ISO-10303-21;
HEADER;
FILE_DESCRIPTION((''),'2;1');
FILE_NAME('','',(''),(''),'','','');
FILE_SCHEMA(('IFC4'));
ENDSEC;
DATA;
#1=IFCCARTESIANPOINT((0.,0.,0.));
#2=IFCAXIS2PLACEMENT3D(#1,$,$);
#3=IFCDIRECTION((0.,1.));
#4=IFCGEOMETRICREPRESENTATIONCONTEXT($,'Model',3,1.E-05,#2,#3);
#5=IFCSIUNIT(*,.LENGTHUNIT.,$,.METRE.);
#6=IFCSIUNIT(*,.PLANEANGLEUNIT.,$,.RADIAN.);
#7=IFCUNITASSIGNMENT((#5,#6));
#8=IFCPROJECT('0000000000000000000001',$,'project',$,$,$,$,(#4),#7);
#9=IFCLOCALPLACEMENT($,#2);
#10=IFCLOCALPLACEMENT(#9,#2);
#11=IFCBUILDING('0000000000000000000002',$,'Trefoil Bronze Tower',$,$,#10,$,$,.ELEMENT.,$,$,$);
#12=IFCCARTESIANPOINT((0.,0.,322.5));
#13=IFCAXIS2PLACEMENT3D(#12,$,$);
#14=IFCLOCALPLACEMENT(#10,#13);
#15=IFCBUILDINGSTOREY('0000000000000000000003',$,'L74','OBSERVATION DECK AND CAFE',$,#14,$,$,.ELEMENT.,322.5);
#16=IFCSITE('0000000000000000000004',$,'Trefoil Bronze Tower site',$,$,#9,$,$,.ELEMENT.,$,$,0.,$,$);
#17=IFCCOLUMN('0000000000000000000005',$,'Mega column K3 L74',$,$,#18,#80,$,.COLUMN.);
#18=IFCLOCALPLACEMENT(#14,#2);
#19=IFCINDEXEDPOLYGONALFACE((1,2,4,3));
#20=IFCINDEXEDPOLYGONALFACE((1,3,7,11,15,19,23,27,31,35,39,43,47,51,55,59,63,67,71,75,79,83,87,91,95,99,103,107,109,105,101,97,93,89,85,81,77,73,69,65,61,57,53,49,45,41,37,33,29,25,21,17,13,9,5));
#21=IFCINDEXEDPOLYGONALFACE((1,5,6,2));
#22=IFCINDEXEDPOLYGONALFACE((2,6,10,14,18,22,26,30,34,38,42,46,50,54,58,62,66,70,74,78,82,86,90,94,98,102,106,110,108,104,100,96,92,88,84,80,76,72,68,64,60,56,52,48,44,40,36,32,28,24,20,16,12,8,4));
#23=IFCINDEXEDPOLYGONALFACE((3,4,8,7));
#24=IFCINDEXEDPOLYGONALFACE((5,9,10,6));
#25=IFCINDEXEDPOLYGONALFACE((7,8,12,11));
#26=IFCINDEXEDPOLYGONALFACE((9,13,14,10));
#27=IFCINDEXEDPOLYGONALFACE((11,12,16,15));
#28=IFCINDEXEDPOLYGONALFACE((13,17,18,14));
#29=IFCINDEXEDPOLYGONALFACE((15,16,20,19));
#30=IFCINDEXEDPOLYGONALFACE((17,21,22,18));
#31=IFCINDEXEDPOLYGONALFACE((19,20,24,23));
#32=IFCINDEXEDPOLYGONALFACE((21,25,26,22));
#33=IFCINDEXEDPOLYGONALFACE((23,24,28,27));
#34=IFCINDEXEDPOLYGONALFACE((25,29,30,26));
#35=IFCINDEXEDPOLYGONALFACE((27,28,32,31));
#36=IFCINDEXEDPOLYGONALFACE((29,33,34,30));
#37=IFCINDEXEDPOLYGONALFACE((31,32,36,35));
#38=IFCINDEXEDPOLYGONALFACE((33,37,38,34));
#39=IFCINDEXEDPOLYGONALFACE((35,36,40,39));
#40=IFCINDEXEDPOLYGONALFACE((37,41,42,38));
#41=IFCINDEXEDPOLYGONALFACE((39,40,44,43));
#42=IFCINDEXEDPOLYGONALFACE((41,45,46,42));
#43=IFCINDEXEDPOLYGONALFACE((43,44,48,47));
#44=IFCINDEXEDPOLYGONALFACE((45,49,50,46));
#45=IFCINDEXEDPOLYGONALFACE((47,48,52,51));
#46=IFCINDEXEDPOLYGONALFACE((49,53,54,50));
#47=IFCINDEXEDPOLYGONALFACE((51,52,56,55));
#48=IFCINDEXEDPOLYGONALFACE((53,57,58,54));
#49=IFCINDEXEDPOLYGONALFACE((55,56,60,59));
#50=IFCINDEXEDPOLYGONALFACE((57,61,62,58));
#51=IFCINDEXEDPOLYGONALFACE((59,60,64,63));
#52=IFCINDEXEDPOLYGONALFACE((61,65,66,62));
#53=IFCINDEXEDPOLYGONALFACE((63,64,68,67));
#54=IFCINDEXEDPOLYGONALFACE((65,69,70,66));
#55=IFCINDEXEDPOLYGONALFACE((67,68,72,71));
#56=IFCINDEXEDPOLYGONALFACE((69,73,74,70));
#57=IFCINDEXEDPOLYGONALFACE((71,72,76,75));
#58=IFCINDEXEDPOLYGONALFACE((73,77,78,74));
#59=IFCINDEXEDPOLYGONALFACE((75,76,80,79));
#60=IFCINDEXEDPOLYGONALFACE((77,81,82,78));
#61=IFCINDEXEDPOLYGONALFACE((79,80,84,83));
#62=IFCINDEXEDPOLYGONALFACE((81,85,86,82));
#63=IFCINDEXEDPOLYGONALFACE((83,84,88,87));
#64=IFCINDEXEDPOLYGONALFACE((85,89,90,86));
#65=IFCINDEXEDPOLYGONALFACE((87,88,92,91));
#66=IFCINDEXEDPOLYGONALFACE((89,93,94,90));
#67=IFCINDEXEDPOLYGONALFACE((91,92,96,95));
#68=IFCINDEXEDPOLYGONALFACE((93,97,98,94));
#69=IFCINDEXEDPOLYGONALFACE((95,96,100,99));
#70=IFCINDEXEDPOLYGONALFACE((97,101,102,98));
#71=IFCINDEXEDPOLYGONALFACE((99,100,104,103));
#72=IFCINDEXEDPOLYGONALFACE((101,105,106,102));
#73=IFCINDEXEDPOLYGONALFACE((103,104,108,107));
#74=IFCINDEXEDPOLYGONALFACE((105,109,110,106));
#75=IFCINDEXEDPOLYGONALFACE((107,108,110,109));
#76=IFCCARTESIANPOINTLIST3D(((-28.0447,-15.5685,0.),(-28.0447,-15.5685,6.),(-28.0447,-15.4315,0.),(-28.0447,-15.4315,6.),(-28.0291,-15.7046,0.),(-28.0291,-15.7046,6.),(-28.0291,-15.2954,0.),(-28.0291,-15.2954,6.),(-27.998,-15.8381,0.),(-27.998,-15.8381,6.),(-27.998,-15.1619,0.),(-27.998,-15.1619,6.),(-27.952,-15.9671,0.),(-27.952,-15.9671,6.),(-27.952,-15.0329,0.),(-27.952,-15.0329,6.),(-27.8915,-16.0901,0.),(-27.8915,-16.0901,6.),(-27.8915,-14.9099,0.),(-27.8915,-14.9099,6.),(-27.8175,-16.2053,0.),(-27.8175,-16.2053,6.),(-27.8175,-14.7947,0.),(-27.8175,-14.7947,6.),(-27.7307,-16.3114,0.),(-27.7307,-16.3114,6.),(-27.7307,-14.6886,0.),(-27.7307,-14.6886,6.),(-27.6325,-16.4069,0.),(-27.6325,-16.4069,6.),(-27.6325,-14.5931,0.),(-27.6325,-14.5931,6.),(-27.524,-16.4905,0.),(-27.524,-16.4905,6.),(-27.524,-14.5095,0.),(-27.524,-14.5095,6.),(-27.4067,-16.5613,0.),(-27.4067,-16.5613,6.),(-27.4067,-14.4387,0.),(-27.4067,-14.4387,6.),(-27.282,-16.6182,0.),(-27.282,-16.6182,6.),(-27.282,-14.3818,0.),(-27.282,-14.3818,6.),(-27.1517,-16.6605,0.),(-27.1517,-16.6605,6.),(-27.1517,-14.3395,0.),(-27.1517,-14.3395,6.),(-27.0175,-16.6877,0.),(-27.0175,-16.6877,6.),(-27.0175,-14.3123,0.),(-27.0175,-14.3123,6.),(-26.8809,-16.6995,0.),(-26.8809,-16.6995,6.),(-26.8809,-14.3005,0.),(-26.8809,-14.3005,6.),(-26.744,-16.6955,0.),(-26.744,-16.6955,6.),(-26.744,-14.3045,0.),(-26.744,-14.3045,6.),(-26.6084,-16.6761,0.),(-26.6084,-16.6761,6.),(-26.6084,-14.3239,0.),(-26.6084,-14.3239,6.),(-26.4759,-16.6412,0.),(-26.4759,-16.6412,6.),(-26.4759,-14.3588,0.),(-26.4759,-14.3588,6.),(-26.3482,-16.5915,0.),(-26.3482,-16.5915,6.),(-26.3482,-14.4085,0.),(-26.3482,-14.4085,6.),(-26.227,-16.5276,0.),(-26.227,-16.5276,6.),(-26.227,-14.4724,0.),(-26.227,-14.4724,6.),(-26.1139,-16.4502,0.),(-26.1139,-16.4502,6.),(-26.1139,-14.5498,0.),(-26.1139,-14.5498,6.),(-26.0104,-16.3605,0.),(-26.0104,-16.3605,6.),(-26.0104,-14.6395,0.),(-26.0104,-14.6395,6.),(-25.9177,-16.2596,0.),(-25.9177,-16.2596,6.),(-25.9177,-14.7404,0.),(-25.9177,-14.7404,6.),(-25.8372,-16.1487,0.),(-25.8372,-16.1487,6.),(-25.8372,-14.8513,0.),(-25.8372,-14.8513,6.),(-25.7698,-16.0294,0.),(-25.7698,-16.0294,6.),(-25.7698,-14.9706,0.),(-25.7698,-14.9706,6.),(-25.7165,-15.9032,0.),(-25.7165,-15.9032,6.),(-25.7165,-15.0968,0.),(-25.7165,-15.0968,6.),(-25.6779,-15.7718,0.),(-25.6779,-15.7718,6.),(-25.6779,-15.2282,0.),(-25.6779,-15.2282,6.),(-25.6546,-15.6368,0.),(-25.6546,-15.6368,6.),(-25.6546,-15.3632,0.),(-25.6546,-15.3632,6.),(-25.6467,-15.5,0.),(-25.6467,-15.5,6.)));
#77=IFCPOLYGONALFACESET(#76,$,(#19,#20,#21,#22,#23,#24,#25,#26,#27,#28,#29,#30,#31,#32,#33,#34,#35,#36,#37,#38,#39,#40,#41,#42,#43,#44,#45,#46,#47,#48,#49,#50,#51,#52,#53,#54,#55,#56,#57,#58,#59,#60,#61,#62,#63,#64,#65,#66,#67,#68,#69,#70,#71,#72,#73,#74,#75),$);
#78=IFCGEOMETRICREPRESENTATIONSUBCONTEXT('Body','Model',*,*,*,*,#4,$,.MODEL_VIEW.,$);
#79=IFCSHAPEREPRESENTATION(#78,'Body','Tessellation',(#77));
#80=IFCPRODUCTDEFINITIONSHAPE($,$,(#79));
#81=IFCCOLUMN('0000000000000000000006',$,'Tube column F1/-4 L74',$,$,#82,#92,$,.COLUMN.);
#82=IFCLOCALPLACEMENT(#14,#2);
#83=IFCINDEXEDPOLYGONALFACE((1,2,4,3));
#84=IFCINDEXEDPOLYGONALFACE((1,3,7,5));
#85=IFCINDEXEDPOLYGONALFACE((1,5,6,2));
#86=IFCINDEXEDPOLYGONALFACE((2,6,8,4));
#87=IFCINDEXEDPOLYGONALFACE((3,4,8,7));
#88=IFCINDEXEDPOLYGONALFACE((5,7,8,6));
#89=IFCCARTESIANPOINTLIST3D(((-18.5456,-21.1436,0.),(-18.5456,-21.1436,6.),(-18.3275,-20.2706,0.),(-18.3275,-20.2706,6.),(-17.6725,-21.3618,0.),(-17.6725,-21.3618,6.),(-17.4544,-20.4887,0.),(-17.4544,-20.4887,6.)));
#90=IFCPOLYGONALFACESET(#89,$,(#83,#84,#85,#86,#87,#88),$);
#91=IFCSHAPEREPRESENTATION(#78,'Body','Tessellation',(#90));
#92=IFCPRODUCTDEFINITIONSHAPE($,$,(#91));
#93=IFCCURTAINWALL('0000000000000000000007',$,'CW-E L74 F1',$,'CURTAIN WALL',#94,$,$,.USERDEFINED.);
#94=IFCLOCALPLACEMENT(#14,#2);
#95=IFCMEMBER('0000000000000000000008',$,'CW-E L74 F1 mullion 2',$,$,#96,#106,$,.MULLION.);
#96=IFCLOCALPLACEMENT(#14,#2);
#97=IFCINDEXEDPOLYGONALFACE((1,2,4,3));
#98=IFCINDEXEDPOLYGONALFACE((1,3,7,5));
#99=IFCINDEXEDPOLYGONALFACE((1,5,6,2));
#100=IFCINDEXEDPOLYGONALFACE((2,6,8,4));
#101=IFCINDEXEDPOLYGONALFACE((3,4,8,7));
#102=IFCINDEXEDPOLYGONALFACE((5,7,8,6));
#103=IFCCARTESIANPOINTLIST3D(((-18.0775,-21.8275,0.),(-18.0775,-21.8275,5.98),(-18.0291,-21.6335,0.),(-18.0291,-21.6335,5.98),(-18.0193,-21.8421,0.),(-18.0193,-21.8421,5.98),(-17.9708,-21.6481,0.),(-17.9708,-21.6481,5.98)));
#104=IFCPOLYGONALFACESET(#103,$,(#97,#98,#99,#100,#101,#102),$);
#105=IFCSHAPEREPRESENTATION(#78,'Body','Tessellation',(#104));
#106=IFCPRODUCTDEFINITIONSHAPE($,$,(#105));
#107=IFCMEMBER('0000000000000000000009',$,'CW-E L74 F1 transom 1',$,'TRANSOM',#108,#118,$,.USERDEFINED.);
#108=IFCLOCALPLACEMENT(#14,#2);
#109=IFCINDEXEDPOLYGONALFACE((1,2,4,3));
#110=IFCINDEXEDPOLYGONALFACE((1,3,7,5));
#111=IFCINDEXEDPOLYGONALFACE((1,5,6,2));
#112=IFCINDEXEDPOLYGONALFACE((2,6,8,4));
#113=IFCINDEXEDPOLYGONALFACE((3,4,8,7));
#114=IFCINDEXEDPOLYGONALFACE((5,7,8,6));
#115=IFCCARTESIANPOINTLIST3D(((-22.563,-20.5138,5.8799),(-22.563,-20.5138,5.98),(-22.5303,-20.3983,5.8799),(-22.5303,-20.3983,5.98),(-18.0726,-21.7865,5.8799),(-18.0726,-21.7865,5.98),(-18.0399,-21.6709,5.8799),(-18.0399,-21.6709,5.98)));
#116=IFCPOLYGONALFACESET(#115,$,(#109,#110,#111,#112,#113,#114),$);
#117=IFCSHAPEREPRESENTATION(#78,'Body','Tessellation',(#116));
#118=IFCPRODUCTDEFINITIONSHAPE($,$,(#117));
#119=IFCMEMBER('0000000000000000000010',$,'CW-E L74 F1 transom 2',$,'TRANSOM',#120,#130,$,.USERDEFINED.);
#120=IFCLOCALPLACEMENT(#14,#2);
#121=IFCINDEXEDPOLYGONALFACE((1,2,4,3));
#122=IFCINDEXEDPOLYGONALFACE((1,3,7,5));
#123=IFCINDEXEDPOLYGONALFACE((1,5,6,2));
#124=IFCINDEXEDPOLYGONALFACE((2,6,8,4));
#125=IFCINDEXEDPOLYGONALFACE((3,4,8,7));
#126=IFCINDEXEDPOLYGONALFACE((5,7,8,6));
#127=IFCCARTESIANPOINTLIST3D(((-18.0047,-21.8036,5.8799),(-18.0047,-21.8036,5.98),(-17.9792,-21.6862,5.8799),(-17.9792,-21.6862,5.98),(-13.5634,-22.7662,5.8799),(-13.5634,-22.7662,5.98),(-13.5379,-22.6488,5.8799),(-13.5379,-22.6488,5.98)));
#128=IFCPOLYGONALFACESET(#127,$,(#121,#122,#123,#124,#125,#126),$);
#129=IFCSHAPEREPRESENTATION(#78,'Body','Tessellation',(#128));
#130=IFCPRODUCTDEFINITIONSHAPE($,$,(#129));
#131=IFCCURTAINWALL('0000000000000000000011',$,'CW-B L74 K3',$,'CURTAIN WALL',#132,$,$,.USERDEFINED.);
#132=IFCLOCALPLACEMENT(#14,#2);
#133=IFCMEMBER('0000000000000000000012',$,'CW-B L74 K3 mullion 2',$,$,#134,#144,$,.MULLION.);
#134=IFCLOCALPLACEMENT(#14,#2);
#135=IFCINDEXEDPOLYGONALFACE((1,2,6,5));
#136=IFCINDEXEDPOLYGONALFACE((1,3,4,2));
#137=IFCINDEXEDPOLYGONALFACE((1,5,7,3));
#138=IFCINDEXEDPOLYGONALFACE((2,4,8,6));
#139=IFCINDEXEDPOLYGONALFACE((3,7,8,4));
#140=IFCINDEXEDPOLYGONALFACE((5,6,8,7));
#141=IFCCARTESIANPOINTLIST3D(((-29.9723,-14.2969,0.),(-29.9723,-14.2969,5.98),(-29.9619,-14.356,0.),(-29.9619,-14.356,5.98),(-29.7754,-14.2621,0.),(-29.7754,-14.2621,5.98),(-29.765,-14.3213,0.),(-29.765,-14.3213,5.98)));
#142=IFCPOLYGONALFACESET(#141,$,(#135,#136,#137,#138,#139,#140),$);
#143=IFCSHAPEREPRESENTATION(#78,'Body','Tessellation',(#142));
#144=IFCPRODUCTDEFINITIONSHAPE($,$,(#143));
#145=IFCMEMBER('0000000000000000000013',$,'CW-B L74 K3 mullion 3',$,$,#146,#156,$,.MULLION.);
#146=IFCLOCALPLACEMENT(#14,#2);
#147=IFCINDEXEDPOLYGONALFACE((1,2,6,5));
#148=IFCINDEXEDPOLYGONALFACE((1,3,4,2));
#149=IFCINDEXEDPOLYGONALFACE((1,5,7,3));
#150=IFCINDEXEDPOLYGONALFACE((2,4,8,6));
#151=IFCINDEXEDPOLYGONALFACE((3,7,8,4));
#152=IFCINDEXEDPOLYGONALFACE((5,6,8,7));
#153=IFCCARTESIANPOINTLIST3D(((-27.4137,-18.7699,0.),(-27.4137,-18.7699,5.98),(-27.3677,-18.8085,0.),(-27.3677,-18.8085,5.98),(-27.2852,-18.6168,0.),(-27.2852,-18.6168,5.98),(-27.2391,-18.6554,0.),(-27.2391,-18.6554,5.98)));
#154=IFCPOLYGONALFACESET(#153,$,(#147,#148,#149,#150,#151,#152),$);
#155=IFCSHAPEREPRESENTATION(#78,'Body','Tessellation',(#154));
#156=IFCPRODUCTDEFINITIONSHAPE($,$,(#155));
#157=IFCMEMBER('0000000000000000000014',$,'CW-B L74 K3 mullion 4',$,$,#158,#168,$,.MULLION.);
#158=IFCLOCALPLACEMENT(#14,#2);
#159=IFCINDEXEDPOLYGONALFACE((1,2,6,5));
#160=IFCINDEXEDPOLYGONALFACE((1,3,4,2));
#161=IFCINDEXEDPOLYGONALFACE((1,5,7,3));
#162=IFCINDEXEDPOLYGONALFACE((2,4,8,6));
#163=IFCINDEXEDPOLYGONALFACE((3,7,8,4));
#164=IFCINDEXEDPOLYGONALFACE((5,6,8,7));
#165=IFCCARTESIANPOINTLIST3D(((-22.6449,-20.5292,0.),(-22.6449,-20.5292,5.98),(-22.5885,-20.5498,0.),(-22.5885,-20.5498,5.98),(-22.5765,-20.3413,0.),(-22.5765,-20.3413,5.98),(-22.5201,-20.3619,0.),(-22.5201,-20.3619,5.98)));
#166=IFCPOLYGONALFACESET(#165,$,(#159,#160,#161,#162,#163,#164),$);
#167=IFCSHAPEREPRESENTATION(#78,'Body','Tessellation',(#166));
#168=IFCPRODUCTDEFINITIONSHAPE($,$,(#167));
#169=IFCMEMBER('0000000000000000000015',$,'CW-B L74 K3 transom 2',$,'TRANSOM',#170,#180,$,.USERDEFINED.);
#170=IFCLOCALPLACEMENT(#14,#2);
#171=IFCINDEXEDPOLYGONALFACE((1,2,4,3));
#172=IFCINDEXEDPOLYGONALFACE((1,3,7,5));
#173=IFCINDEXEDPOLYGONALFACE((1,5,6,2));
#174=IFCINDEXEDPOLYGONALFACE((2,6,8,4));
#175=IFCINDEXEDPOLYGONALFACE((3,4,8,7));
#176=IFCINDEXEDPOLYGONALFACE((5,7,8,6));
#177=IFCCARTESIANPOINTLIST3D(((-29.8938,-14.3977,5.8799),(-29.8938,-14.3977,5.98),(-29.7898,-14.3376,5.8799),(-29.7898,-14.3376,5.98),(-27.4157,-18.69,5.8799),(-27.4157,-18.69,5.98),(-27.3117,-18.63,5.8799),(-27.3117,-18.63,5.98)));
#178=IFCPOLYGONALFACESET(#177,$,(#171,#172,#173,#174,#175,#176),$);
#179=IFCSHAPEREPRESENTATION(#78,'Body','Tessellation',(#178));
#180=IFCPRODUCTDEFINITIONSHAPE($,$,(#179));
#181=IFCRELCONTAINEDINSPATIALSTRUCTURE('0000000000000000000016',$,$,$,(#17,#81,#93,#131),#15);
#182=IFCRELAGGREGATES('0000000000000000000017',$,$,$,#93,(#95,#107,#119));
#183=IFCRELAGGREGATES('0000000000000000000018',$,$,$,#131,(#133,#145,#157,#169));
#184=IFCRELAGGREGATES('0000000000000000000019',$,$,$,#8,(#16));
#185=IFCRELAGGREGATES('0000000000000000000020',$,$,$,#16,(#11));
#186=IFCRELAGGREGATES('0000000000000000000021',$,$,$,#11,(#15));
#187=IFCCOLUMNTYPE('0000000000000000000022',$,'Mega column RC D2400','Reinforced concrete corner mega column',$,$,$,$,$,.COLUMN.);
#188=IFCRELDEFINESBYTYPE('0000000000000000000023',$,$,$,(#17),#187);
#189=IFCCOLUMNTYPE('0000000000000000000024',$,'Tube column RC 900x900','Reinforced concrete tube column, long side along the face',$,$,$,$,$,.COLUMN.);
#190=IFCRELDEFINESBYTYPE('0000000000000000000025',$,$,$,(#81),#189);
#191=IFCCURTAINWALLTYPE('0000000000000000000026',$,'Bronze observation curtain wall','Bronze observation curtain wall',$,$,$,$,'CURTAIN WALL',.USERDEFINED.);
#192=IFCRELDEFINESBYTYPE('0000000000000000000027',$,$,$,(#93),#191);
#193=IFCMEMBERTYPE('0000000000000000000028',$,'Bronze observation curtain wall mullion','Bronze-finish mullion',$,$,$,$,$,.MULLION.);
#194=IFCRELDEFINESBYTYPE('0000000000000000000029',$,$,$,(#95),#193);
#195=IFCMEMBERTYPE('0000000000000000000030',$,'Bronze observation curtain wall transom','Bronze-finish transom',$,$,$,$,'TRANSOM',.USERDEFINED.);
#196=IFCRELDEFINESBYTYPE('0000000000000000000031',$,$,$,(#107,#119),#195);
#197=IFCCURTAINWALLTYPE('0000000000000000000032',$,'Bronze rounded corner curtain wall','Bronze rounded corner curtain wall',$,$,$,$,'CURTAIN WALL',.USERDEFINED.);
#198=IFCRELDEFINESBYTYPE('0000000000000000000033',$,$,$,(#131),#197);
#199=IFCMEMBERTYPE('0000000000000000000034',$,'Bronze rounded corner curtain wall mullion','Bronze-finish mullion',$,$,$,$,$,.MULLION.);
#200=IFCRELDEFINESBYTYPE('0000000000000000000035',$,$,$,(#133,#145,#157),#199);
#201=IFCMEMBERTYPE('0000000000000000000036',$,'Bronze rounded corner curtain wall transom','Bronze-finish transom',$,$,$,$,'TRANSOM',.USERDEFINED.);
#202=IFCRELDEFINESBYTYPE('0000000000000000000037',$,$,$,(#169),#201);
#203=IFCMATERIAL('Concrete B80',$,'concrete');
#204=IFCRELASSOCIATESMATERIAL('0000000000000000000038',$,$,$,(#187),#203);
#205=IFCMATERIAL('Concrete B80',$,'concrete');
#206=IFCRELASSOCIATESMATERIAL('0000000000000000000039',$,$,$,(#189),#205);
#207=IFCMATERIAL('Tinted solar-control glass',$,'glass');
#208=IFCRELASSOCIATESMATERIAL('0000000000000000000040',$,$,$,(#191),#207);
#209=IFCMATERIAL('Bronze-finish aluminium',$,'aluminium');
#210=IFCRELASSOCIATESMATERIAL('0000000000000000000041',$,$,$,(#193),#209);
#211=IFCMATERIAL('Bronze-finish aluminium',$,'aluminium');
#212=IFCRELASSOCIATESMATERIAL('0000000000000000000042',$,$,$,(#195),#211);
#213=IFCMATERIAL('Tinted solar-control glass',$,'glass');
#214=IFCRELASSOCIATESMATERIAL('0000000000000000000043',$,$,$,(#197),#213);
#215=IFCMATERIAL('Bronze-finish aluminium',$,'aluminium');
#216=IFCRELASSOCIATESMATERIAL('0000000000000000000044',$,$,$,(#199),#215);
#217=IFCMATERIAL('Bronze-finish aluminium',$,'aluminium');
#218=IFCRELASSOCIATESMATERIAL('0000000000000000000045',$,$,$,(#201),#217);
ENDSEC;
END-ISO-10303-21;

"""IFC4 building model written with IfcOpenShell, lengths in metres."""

from ifc_helpers import new_model, si_unit, direction, frame, origin, origin_2d, place, context, subcontext, project, spatial, rectangle, circle, extrude, material, material_profile, profile_set, type_object, element, aggregate, save


model = new_model("IFC4")

# Units and contexts
model_context = context("Model", 3, precision=1e-05, world=origin(), true_north=direction((0.0, 1.0)))
body_context = subcontext(model_context, "Body", "Model", "MODEL_VIEW")
ifc_project = project(units=[si_unit("LENGTHUNIT", "METRE"), si_unit("PLANEANGLEUNIT", "RADIAN")], contexts=[model_context])

# Site, building, storey
site_placement = place(None, origin())
site = spatial("IfcSite", under=ifc_project, at=site_placement, Name="Trefoil Bronze Tower site", CompositionType="ELEMENT", RefElevation=0.0)
building_placement = place(site_placement, origin())
building = spatial("IfcBuilding", under=site, at=building_placement, Name="Trefoil Bronze Tower", CompositionType="ELEMENT")
storey_placement = place(building_placement, frame((0.0, 0.0, 322.5)))
storey = spatial("IfcBuildingStorey", under=building, at=storey_placement, Name="L74", Description="OBSERVATION DECK AND CAFE", CompositionType="ELEMENT", Elevation=322.5)

# Columns
ifc_material_1 = material(Name="Concrete B80", Category="concrete")
ifc_material_profile_1 = material_profile(ifc_material_1, circle(Radius=1.2, at=origin_2d()), Name="RC D2400")
ifc_profile_set_1 = profile_set([ifc_material_profile_1], Name="Concrete B80")
column_type_1 = type_object("IfcColumnType", Name="Mega column RC D2400", Description="Reinforced concrete corner mega column", PredefinedType="COLUMN", material=ifc_profile_set_1)
column_1_placement = place(storey_placement, frame((-26.8467, -15.5, 0.0), z_axis=(0.0, 0.0, 1.0), x_axis=(1.0, 0.0, 0.0)))
element("IfcColumn", 1, at=column_1_placement, inside=storey, type_object=column_type_1, Name="Mega column K3 L74", PredefinedType="COLUMN", context=body_context, shape_type="SweptSolid", body=[
    extrude(circle(Radius=1.2, at=origin_2d()), origin(), (0.0, 0.0, 1.0), 6.0),
])
ifc_material_2 = material(Name="Concrete B80", Category="concrete")
ifc_material_profile_2 = material_profile(ifc_material_2, rectangle(XDim=0.8999, YDim=0.8999, at=origin_2d()), Name="RC 900x900")
ifc_profile_set_2 = profile_set([ifc_material_profile_2], Name="Concrete B80")
column_type_2 = type_object("IfcColumnType", Name="Tube column RC 900x900", Description="Reinforced concrete tube column, long side along the face", PredefinedType="COLUMN", material=ifc_profile_set_2)
column_2_placement = place(storey_placement, frame((-18.0, -20.8162, 0.0), z_axis=(0.0, 0.0, 1.0), x_axis=(0.970178, -0.242394, 0.0)))
element("IfcColumn", 2, at=column_2_placement, inside=storey, type_object=column_type_2, Name="Tube column F1/-4 L74", PredefinedType="COLUMN", context=body_context, shape_type="SweptSolid", body=[
    extrude(rectangle(XDim=0.8999, YDim=0.8999, at=origin_2d()), origin(), (0.0, 0.0, 1.0), 6.0),
])

# Curtain walls, members
ifc_material_3 = material(Name="Tinted solar-control glass", Category="glass")
curtain_wall_type_1 = type_object("IfcCurtainWallType", Name="Bronze observation curtain wall", Description="Bronze observation curtain wall", ElementType="CURTAIN WALL", PredefinedType="USERDEFINED", material=ifc_material_3)
curtain_wall_1_placement = place(storey_placement, origin())
curtain_wall_1 = element("IfcCurtainWall", 3, at=curtain_wall_1_placement, inside=storey, type_object=curtain_wall_type_1, Name="CW-E L74 F1", ObjectType="CURTAIN WALL", PredefinedType="USERDEFINED")
ifc_material_4 = material(Name="Bronze-finish aluminium", Category="aluminium")
ifc_material_profile_3 = material_profile(ifc_material_4, rectangle(XDim=0.2, YDim=0.0601, at=origin_2d()), Name="CW-E mullion")
ifc_profile_set_3 = profile_set([ifc_material_profile_3], Name="Bronze-finish aluminium")
member_type_1 = type_object("IfcMemberType", Name="Bronze observation curtain wall mullion", Description="Bronze-finish mullion", PredefinedType="MULLION", material=ifc_profile_set_3)
member_1_placement = place(storey_placement, frame((-18.0242, -21.7378, 0.0), z_axis=(0.0, 0.0, 1.0), x_axis=(0.242394, 0.970178, 0.0)))
member_1 = element("IfcMember", 4, at=member_1_placement, type_object=member_type_1, Name="CW-E L74 F1 mullion 2", PredefinedType="MULLION", context=body_context, shape_type="SweptSolid", body=[
    extrude(rectangle(XDim=0.2, YDim=0.0601, at=origin_2d()), origin(), (0.0, 0.0, 1.0), 5.98),
])
ifc_material_5 = material(Name="Bronze-finish aluminium", Category="aluminium")
ifc_material_profile_4 = material_profile(ifc_material_5, rectangle(XDim=0.1201, YDim=0.1001, at=origin_2d()), Name="CW-E transom")
ifc_profile_set_4 = profile_set([ifc_material_profile_4], Name="Bronze-finish aluminium")
member_type_2 = type_object("IfcMemberType", Name="Bronze observation curtain wall transom", Description="Bronze-finish transom", ElementType="TRANSOM", PredefinedType="USERDEFINED", material=ifc_profile_set_4)
member_2_placement = place(storey_placement, frame((-22.5466, -20.4561, 5.9299), z_axis=(0.962104, -0.272682, 0.0), x_axis=(0.272682, 0.962104, 0.0)))
member_2 = element("IfcMember", 5, at=member_2_placement, type_object=member_type_2, Name="CW-E L74 F1 transom 1", ObjectType="TRANSOM", PredefinedType="USERDEFINED", context=body_context, shape_type="SweptSolid", body=[
    extrude(rectangle(XDim=0.1201, YDim=0.1001, at=origin_2d()), origin(), (0.0, 0.0, 1.0), 4.6672),
])
member_3_placement = place(storey_placement, frame((-17.9919, -21.7449, 5.9299), z_axis=(0.977308, -0.211825, 0.0), x_axis=(0.211825, 0.977308, 0.0)))
member_3 = element("IfcMember", 6, at=member_3_placement, type_object=member_type_2, Name="CW-E L74 F1 transom 2", ObjectType="TRANSOM", PredefinedType="USERDEFINED", context=body_context, shape_type="SweptSolid", body=[
    extrude(rectangle(XDim=0.1201, YDim=0.1001, at=origin_2d()), origin(), (0.0, 0.0, 1.0), 4.5444),
])
ifc_material_6 = material(Name="Tinted solar-control glass", Category="glass")
curtain_wall_type_2 = type_object("IfcCurtainWallType", Name="Bronze rounded corner curtain wall", Description="Bronze rounded corner curtain wall", ElementType="CURTAIN WALL", PredefinedType="USERDEFINED", material=ifc_material_6)
curtain_wall_2_placement = place(storey_placement, origin())
curtain_wall_2 = element("IfcCurtainWall", 7, at=curtain_wall_2_placement, inside=storey, type_object=curtain_wall_type_2, Name="CW-B L74 K3", ObjectType="CURTAIN WALL", PredefinedType="USERDEFINED")
ifc_material_7 = material(Name="Bronze-finish aluminium", Category="aluminium")
ifc_material_profile_5 = material_profile(ifc_material_7, rectangle(XDim=0.2, YDim=0.0601, at=origin_2d()), Name="CW-B mullion")
ifc_profile_set_5 = profile_set([ifc_material_profile_5], Name="Bronze-finish aluminium")
member_type_3 = type_object("IfcMemberType", Name="Bronze rounded corner curtain wall mullion", Description="Bronze-finish mullion", PredefinedType="MULLION", material=ifc_profile_set_5)
member_4_placement = place(storey_placement, frame((-29.8687, -14.3091, 0.0), z_axis=(0.0, 0.0, 1.0), x_axis=(0.984808, 0.173648, 0.0)))
member_4 = element("IfcMember", 8, at=member_4_placement, type_object=member_type_3, Name="CW-B L74 K3 mullion 2", PredefinedType="MULLION", context=body_context, shape_type="SweptSolid", body=[
    extrude(rectangle(XDim=0.2, YDim=0.0601, at=origin_2d()), origin(), (0.0, 0.0, 1.0), 5.98),
])
member_5_placement = place(storey_placement, frame((-27.3264, -18.7126, 0.0), z_axis=(0.0, 0.0, 1.0), x_axis=(0.642788, 0.766044, 0.0)))
member_5 = element("IfcMember", 9, at=member_5_placement, type_object=member_type_3, Name="CW-B L74 K3 mullion 3", PredefinedType="MULLION", context=body_context, shape_type="SweptSolid", body=[
    extrude(rectangle(XDim=0.2, YDim=0.0601, at=origin_2d()), origin(), (0.0, 0.0, 1.0), 5.98),
])
member_6_placement = place(storey_placement, frame((-22.5825, -20.4456, 0.0), z_axis=(0.0, 0.0, 1.0), x_axis=(0.34202, 0.939693, 0.0)))
member_6 = element("IfcMember", 10, at=member_6_placement, type_object=member_type_3, Name="CW-B L74 K3 mullion 4", PredefinedType="MULLION", context=body_context, shape_type="SweptSolid", body=[
    extrude(rectangle(XDim=0.2, YDim=0.0601, at=origin_2d()), origin(), (0.0, 0.0, 1.0), 5.98),
])
ifc_material_8 = material(Name="Bronze-finish aluminium", Category="aluminium")
ifc_material_profile_6 = material_profile(ifc_material_8, rectangle(XDim=0.1201, YDim=0.1001, at=origin_2d()), Name="CW-B transom")
ifc_profile_set_6 = profile_set([ifc_material_profile_6], Name="Bronze-finish aluminium")
member_type_4 = type_object("IfcMemberType", Name="Bronze rounded corner curtain wall transom", Description="Bronze-finish transom", ElementType="TRANSOM", PredefinedType="USERDEFINED", material=ifc_profile_set_6)
member_7_placement = place(storey_placement, frame((-29.8418, -14.3677, 5.9299), z_axis=(0.499985, -0.866034, 0.0), x_axis=(0.866034, 0.499985, 0.0)))
member_7 = element("IfcMember", 11, at=member_7_placement, type_object=member_type_4, Name="CW-B L74 K3 transom 2", ObjectType="TRANSOM", PredefinedType="USERDEFINED", context=body_context, shape_type="SweptSolid", body=[
    extrude(rectangle(XDim=0.1201, YDim=0.1001, at=origin_2d()), origin(), (0.0, 0.0, 1.0), 4.9563),
])

aggregate(curtain_wall_1, [member_1, member_2, member_3])
aggregate(curtain_wall_2, [member_4, member_5, member_6, member_7])

save(model, "model.ifc")
